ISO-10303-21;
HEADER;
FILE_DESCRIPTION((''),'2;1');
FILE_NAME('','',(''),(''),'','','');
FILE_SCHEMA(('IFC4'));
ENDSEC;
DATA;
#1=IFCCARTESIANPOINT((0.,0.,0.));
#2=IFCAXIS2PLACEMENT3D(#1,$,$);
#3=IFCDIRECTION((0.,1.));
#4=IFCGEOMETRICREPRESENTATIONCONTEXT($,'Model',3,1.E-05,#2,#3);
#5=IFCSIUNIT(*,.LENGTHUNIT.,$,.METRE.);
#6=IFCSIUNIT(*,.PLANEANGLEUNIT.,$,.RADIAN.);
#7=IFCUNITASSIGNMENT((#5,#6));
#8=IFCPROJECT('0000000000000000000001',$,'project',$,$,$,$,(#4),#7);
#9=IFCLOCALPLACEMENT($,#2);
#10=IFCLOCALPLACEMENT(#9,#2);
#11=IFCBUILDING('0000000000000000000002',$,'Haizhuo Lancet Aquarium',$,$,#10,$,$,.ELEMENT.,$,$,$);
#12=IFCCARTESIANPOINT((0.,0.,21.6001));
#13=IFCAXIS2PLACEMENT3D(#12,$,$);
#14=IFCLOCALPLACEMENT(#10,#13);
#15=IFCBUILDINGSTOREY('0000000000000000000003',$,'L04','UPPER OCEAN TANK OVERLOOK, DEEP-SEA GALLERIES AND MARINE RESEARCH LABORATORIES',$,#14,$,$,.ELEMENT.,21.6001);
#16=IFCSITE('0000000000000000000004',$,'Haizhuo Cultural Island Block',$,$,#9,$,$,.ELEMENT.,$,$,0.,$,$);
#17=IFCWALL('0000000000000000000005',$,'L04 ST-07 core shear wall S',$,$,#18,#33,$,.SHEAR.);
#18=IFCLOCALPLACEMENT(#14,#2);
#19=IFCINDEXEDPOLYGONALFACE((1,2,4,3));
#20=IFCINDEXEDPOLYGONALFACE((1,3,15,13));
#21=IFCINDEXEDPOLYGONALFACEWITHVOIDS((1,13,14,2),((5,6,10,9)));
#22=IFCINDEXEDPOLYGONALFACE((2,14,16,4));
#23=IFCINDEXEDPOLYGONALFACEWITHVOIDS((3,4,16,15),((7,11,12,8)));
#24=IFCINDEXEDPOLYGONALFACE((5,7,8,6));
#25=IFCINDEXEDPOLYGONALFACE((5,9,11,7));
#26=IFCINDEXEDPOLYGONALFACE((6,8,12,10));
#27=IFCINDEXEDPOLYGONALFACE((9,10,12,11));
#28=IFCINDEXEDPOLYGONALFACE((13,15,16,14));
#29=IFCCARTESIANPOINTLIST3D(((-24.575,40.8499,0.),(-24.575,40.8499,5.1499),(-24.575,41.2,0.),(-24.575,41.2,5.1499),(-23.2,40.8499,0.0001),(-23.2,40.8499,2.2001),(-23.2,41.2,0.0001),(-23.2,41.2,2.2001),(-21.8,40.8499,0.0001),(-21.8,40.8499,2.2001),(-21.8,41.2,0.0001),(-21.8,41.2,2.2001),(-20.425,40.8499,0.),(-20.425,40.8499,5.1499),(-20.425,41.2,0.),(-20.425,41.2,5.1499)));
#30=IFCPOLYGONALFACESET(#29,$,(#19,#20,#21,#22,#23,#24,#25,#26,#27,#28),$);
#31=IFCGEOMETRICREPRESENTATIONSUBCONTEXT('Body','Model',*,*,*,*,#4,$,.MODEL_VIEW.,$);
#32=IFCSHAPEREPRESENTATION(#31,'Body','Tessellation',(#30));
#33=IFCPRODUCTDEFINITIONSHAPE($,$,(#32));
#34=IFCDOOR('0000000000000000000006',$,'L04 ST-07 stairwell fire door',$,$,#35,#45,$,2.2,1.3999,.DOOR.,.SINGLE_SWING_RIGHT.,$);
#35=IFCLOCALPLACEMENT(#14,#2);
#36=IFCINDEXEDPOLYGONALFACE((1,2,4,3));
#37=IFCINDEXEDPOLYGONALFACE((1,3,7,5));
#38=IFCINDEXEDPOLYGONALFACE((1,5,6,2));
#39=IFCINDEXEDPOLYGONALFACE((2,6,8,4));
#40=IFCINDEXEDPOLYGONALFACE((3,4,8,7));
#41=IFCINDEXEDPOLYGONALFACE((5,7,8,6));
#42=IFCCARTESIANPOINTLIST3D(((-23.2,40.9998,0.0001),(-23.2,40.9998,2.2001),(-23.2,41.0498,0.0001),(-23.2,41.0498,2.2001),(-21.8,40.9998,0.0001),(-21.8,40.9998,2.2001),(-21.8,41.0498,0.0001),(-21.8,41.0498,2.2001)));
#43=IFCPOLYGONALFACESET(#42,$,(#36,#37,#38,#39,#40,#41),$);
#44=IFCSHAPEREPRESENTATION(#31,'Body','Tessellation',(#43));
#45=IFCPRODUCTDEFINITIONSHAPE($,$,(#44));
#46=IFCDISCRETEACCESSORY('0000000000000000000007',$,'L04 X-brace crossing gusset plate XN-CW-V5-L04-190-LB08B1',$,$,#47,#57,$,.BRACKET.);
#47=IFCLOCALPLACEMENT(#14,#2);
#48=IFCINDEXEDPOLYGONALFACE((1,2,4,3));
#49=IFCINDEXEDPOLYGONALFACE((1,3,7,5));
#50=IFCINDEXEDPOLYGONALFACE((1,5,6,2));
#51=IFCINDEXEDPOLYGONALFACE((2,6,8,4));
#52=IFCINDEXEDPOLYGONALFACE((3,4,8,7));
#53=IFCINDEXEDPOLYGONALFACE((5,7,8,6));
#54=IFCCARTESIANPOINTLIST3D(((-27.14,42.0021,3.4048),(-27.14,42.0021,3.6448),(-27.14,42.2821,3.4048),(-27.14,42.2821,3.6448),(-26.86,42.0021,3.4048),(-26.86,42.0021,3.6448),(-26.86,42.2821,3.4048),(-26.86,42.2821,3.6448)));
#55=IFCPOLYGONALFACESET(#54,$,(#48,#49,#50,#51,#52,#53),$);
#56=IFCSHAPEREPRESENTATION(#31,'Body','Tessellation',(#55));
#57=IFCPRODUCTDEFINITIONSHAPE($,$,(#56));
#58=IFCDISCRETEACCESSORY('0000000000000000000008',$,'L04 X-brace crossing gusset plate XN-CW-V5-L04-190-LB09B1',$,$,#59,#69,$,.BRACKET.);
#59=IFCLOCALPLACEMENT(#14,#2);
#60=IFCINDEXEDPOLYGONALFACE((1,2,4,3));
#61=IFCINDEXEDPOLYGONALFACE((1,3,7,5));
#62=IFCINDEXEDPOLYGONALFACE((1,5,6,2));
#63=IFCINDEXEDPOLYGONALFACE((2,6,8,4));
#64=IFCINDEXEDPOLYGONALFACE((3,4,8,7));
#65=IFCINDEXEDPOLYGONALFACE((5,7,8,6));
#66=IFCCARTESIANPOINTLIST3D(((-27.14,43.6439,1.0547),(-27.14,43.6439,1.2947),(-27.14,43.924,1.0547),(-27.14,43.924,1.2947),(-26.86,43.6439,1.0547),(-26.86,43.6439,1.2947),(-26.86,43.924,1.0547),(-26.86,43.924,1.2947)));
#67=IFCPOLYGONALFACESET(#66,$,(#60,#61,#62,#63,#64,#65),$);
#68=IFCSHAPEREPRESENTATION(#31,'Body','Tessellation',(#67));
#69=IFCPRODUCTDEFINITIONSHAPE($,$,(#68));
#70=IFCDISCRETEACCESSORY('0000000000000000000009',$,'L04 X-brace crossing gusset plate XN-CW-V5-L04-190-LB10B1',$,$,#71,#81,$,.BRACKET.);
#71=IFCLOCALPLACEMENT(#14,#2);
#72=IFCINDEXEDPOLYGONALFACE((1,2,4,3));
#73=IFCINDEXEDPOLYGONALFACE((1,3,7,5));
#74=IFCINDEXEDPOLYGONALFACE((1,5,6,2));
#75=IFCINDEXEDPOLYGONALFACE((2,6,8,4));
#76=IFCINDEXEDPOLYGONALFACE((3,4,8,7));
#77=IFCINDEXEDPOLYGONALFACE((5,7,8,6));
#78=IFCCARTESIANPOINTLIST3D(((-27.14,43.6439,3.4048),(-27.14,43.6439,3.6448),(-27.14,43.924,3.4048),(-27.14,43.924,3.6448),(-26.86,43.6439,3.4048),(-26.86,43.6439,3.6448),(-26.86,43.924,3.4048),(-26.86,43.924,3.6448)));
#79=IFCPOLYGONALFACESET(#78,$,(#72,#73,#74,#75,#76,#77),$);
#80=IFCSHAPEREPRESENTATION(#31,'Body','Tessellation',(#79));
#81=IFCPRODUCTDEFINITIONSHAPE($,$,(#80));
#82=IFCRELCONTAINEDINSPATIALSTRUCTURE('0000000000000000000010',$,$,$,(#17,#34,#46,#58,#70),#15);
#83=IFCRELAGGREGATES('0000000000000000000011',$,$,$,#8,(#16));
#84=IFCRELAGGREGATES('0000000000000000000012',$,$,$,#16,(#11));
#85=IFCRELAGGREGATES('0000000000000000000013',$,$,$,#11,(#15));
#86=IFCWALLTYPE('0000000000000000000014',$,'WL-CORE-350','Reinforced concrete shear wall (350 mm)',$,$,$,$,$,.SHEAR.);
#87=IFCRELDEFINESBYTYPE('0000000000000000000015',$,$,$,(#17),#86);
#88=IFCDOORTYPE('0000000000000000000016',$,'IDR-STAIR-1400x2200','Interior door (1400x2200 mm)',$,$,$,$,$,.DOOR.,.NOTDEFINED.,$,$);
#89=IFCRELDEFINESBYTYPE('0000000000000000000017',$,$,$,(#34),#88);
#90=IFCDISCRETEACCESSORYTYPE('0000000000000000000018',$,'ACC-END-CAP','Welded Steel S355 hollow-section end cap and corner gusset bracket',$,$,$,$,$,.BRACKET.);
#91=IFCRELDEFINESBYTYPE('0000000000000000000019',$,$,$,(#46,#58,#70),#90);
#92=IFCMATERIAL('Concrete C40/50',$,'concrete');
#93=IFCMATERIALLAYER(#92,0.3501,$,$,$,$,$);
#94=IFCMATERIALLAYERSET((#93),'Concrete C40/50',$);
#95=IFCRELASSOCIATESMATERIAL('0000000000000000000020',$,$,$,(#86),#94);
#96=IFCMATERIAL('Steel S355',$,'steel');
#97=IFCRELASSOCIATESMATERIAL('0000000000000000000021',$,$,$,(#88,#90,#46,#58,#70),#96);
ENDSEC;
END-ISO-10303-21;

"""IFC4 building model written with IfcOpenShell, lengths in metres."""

from ifc_helpers import new_model, si_unit, direction, frame, frame_2d, origin, origin_2d, place, context, subcontext, project, spatial, rectangle, extrude, material, layer, layer_set, type_object, element, fill, save


model = new_model("IFC4")

# Units and contexts
model_context = context("Model", 3, precision=1e-05, world=origin(), true_north=direction((0.0, 1.0)))
body_context = subcontext(model_context, "Body", "Model", "MODEL_VIEW")
ifc_project = project(units=[si_unit("LENGTHUNIT", "METRE"), si_unit("PLANEANGLEUNIT", "RADIAN")], contexts=[model_context])

# Site, building, storey
site_placement = place(None, origin())
site = spatial("IfcSite", under=ifc_project, at=site_placement, Name="Haizhuo Cultural Island Block", CompositionType="ELEMENT", RefElevation=0.0)
building_placement = place(site_placement, origin())
building = spatial("IfcBuilding", under=site, at=building_placement, Name="Haizhuo Lancet Aquarium", CompositionType="ELEMENT")
storey_placement = place(building_placement, frame((0.0, 0.0, 21.6001)))
storey = spatial("IfcBuildingStorey", under=building, at=storey_placement, Name="L04", Description="UPPER OCEAN TANK OVERLOOK, DEEP-SEA GALLERIES AND MARINE RESEARCH LABORATORIES", CompositionType="ELEMENT", Elevation=21.6001)

# Shared definitions
ifc_material_1 = material(Name="Concrete C40/50", Category="concrete")

# Shared definitions
ifc_material_2 = material(Name="Steel S355", Category="steel")

# Wall, opening, door
ifc_layer_1 = layer(ifc_material_1, 0.3501)
ifc_layer_set_1 = layer_set([ifc_layer_1], Name="Concrete C40/50")
wall_type = type_object("IfcWallType", Name="WL-CORE-350", Description="Reinforced concrete shear wall (350 mm)", PredefinedType="SHEAR", material=ifc_layer_set_1)
wall_placement = place(storey_placement, frame((-24.575, 41.0249, 0.0), z_axis=(0.0, 0.0, 1.0), x_axis=(1.0, 0.0, 0.0)))
wall = element("IfcWall", 1, at=wall_placement, inside=storey, type_object=wall_type, Name="L04 ST-07 core shear wall S", PredefinedType="SHEAR", context=body_context, shape_type="SweptSolid", body=[
    extrude(rectangle(XDim=4.1499, YDim=0.3501, at=frame_2d((2.075, 0.0))), origin(), (0.0, 0.0, 1.0), 5.1499),
])
opening_placement = place(wall_placement, frame((1.375, 0.0, 0.0)))
opening = element("IfcOpeningElement", 2, at=opening_placement, cuts=wall, PredefinedType="OPENING", context=body_context, shape_type="SweptSolid", body=[
    extrude(rectangle(XDim=1.3999, YDim=2.2, at=frame_2d((0.7, 1.1001))), frame((0.0, 0.1851, 0.0), z_axis=(0.0, -1.0, 0.0), x_axis=(1.0, 0.0, 0.0)), (0.0, 0.0, 1.0), 0.3701),
])
door_type = type_object("IfcDoorType", Name="IDR-STAIR-1400x2200", Description="Interior door (1400x2200 mm)", OperationType="NOTDEFINED", PredefinedType="DOOR", material=ifc_material_2)
door_placement = place(opening_placement, origin())
door = element("IfcDoor", 3, at=door_placement, inside=storey, type_object=door_type, Name="L04 ST-07 stairwell fire door", OperationType="SINGLE_SWING_RIGHT", OverallHeight=2.2, OverallWidth=1.3999, PredefinedType="DOOR", context=body_context, shape_type="SweptSolid", body=[
    extrude(rectangle(XDim=1.3999, YDim=2.2, at=frame_2d((0.7, 1.1001))), frame((0.0, 0.0249, 0.0), z_axis=(0.0, -1.0, 0.0), x_axis=(1.0, 0.0, 0.0)), (0.0, 0.0, 1.0), 0.05),
])
fill(opening, door)

# Discrete accessories
discrete_accessory_type = type_object("IfcDiscreteAccessoryType", Name="ACC-END-CAP", Description="Welded Steel S355 hollow-section end cap and corner gusset bracket", PredefinedType="BRACKET", material=ifc_material_2)
for number, where, z_axis, x_axis, name in (
    (4, (-27.0, 42.1421, 3.4048), (0.0, 0.0, 1.0), (1.0, 0.0, 0.0), "L04 X-brace crossing gusset plate XN-CW-V5-L04-190-LB08B1"),
    (5, (-27.0, 43.7839, 1.0547), (0.0, 0.0, 1.0), (1.0, 0.0, 0.0), "L04 X-brace crossing gusset plate XN-CW-V5-L04-190-LB09B1"),
    (6, (-27.0, 43.7839, 3.4048), (0.0, 0.0, 1.0), (1.0, 0.0, 0.0), "L04 X-brace crossing gusset plate XN-CW-V5-L04-190-LB10B1"),
):
    element("IfcDiscreteAccessory", number, at=place(storey_placement, frame(where, z_axis=z_axis, x_axis=x_axis)), inside=storey, type_object=discrete_accessory_type, material=ifc_material_2, Name=name, PredefinedType="BRACKET", context=body_context, shape_type="SweptSolid", body=[
        extrude(rectangle(XDim=0.28, YDim=0.28, at=origin_2d()), origin(), (0.0, 0.0, 1.0), 0.24),
    ])

save(model, "model.ifc")
